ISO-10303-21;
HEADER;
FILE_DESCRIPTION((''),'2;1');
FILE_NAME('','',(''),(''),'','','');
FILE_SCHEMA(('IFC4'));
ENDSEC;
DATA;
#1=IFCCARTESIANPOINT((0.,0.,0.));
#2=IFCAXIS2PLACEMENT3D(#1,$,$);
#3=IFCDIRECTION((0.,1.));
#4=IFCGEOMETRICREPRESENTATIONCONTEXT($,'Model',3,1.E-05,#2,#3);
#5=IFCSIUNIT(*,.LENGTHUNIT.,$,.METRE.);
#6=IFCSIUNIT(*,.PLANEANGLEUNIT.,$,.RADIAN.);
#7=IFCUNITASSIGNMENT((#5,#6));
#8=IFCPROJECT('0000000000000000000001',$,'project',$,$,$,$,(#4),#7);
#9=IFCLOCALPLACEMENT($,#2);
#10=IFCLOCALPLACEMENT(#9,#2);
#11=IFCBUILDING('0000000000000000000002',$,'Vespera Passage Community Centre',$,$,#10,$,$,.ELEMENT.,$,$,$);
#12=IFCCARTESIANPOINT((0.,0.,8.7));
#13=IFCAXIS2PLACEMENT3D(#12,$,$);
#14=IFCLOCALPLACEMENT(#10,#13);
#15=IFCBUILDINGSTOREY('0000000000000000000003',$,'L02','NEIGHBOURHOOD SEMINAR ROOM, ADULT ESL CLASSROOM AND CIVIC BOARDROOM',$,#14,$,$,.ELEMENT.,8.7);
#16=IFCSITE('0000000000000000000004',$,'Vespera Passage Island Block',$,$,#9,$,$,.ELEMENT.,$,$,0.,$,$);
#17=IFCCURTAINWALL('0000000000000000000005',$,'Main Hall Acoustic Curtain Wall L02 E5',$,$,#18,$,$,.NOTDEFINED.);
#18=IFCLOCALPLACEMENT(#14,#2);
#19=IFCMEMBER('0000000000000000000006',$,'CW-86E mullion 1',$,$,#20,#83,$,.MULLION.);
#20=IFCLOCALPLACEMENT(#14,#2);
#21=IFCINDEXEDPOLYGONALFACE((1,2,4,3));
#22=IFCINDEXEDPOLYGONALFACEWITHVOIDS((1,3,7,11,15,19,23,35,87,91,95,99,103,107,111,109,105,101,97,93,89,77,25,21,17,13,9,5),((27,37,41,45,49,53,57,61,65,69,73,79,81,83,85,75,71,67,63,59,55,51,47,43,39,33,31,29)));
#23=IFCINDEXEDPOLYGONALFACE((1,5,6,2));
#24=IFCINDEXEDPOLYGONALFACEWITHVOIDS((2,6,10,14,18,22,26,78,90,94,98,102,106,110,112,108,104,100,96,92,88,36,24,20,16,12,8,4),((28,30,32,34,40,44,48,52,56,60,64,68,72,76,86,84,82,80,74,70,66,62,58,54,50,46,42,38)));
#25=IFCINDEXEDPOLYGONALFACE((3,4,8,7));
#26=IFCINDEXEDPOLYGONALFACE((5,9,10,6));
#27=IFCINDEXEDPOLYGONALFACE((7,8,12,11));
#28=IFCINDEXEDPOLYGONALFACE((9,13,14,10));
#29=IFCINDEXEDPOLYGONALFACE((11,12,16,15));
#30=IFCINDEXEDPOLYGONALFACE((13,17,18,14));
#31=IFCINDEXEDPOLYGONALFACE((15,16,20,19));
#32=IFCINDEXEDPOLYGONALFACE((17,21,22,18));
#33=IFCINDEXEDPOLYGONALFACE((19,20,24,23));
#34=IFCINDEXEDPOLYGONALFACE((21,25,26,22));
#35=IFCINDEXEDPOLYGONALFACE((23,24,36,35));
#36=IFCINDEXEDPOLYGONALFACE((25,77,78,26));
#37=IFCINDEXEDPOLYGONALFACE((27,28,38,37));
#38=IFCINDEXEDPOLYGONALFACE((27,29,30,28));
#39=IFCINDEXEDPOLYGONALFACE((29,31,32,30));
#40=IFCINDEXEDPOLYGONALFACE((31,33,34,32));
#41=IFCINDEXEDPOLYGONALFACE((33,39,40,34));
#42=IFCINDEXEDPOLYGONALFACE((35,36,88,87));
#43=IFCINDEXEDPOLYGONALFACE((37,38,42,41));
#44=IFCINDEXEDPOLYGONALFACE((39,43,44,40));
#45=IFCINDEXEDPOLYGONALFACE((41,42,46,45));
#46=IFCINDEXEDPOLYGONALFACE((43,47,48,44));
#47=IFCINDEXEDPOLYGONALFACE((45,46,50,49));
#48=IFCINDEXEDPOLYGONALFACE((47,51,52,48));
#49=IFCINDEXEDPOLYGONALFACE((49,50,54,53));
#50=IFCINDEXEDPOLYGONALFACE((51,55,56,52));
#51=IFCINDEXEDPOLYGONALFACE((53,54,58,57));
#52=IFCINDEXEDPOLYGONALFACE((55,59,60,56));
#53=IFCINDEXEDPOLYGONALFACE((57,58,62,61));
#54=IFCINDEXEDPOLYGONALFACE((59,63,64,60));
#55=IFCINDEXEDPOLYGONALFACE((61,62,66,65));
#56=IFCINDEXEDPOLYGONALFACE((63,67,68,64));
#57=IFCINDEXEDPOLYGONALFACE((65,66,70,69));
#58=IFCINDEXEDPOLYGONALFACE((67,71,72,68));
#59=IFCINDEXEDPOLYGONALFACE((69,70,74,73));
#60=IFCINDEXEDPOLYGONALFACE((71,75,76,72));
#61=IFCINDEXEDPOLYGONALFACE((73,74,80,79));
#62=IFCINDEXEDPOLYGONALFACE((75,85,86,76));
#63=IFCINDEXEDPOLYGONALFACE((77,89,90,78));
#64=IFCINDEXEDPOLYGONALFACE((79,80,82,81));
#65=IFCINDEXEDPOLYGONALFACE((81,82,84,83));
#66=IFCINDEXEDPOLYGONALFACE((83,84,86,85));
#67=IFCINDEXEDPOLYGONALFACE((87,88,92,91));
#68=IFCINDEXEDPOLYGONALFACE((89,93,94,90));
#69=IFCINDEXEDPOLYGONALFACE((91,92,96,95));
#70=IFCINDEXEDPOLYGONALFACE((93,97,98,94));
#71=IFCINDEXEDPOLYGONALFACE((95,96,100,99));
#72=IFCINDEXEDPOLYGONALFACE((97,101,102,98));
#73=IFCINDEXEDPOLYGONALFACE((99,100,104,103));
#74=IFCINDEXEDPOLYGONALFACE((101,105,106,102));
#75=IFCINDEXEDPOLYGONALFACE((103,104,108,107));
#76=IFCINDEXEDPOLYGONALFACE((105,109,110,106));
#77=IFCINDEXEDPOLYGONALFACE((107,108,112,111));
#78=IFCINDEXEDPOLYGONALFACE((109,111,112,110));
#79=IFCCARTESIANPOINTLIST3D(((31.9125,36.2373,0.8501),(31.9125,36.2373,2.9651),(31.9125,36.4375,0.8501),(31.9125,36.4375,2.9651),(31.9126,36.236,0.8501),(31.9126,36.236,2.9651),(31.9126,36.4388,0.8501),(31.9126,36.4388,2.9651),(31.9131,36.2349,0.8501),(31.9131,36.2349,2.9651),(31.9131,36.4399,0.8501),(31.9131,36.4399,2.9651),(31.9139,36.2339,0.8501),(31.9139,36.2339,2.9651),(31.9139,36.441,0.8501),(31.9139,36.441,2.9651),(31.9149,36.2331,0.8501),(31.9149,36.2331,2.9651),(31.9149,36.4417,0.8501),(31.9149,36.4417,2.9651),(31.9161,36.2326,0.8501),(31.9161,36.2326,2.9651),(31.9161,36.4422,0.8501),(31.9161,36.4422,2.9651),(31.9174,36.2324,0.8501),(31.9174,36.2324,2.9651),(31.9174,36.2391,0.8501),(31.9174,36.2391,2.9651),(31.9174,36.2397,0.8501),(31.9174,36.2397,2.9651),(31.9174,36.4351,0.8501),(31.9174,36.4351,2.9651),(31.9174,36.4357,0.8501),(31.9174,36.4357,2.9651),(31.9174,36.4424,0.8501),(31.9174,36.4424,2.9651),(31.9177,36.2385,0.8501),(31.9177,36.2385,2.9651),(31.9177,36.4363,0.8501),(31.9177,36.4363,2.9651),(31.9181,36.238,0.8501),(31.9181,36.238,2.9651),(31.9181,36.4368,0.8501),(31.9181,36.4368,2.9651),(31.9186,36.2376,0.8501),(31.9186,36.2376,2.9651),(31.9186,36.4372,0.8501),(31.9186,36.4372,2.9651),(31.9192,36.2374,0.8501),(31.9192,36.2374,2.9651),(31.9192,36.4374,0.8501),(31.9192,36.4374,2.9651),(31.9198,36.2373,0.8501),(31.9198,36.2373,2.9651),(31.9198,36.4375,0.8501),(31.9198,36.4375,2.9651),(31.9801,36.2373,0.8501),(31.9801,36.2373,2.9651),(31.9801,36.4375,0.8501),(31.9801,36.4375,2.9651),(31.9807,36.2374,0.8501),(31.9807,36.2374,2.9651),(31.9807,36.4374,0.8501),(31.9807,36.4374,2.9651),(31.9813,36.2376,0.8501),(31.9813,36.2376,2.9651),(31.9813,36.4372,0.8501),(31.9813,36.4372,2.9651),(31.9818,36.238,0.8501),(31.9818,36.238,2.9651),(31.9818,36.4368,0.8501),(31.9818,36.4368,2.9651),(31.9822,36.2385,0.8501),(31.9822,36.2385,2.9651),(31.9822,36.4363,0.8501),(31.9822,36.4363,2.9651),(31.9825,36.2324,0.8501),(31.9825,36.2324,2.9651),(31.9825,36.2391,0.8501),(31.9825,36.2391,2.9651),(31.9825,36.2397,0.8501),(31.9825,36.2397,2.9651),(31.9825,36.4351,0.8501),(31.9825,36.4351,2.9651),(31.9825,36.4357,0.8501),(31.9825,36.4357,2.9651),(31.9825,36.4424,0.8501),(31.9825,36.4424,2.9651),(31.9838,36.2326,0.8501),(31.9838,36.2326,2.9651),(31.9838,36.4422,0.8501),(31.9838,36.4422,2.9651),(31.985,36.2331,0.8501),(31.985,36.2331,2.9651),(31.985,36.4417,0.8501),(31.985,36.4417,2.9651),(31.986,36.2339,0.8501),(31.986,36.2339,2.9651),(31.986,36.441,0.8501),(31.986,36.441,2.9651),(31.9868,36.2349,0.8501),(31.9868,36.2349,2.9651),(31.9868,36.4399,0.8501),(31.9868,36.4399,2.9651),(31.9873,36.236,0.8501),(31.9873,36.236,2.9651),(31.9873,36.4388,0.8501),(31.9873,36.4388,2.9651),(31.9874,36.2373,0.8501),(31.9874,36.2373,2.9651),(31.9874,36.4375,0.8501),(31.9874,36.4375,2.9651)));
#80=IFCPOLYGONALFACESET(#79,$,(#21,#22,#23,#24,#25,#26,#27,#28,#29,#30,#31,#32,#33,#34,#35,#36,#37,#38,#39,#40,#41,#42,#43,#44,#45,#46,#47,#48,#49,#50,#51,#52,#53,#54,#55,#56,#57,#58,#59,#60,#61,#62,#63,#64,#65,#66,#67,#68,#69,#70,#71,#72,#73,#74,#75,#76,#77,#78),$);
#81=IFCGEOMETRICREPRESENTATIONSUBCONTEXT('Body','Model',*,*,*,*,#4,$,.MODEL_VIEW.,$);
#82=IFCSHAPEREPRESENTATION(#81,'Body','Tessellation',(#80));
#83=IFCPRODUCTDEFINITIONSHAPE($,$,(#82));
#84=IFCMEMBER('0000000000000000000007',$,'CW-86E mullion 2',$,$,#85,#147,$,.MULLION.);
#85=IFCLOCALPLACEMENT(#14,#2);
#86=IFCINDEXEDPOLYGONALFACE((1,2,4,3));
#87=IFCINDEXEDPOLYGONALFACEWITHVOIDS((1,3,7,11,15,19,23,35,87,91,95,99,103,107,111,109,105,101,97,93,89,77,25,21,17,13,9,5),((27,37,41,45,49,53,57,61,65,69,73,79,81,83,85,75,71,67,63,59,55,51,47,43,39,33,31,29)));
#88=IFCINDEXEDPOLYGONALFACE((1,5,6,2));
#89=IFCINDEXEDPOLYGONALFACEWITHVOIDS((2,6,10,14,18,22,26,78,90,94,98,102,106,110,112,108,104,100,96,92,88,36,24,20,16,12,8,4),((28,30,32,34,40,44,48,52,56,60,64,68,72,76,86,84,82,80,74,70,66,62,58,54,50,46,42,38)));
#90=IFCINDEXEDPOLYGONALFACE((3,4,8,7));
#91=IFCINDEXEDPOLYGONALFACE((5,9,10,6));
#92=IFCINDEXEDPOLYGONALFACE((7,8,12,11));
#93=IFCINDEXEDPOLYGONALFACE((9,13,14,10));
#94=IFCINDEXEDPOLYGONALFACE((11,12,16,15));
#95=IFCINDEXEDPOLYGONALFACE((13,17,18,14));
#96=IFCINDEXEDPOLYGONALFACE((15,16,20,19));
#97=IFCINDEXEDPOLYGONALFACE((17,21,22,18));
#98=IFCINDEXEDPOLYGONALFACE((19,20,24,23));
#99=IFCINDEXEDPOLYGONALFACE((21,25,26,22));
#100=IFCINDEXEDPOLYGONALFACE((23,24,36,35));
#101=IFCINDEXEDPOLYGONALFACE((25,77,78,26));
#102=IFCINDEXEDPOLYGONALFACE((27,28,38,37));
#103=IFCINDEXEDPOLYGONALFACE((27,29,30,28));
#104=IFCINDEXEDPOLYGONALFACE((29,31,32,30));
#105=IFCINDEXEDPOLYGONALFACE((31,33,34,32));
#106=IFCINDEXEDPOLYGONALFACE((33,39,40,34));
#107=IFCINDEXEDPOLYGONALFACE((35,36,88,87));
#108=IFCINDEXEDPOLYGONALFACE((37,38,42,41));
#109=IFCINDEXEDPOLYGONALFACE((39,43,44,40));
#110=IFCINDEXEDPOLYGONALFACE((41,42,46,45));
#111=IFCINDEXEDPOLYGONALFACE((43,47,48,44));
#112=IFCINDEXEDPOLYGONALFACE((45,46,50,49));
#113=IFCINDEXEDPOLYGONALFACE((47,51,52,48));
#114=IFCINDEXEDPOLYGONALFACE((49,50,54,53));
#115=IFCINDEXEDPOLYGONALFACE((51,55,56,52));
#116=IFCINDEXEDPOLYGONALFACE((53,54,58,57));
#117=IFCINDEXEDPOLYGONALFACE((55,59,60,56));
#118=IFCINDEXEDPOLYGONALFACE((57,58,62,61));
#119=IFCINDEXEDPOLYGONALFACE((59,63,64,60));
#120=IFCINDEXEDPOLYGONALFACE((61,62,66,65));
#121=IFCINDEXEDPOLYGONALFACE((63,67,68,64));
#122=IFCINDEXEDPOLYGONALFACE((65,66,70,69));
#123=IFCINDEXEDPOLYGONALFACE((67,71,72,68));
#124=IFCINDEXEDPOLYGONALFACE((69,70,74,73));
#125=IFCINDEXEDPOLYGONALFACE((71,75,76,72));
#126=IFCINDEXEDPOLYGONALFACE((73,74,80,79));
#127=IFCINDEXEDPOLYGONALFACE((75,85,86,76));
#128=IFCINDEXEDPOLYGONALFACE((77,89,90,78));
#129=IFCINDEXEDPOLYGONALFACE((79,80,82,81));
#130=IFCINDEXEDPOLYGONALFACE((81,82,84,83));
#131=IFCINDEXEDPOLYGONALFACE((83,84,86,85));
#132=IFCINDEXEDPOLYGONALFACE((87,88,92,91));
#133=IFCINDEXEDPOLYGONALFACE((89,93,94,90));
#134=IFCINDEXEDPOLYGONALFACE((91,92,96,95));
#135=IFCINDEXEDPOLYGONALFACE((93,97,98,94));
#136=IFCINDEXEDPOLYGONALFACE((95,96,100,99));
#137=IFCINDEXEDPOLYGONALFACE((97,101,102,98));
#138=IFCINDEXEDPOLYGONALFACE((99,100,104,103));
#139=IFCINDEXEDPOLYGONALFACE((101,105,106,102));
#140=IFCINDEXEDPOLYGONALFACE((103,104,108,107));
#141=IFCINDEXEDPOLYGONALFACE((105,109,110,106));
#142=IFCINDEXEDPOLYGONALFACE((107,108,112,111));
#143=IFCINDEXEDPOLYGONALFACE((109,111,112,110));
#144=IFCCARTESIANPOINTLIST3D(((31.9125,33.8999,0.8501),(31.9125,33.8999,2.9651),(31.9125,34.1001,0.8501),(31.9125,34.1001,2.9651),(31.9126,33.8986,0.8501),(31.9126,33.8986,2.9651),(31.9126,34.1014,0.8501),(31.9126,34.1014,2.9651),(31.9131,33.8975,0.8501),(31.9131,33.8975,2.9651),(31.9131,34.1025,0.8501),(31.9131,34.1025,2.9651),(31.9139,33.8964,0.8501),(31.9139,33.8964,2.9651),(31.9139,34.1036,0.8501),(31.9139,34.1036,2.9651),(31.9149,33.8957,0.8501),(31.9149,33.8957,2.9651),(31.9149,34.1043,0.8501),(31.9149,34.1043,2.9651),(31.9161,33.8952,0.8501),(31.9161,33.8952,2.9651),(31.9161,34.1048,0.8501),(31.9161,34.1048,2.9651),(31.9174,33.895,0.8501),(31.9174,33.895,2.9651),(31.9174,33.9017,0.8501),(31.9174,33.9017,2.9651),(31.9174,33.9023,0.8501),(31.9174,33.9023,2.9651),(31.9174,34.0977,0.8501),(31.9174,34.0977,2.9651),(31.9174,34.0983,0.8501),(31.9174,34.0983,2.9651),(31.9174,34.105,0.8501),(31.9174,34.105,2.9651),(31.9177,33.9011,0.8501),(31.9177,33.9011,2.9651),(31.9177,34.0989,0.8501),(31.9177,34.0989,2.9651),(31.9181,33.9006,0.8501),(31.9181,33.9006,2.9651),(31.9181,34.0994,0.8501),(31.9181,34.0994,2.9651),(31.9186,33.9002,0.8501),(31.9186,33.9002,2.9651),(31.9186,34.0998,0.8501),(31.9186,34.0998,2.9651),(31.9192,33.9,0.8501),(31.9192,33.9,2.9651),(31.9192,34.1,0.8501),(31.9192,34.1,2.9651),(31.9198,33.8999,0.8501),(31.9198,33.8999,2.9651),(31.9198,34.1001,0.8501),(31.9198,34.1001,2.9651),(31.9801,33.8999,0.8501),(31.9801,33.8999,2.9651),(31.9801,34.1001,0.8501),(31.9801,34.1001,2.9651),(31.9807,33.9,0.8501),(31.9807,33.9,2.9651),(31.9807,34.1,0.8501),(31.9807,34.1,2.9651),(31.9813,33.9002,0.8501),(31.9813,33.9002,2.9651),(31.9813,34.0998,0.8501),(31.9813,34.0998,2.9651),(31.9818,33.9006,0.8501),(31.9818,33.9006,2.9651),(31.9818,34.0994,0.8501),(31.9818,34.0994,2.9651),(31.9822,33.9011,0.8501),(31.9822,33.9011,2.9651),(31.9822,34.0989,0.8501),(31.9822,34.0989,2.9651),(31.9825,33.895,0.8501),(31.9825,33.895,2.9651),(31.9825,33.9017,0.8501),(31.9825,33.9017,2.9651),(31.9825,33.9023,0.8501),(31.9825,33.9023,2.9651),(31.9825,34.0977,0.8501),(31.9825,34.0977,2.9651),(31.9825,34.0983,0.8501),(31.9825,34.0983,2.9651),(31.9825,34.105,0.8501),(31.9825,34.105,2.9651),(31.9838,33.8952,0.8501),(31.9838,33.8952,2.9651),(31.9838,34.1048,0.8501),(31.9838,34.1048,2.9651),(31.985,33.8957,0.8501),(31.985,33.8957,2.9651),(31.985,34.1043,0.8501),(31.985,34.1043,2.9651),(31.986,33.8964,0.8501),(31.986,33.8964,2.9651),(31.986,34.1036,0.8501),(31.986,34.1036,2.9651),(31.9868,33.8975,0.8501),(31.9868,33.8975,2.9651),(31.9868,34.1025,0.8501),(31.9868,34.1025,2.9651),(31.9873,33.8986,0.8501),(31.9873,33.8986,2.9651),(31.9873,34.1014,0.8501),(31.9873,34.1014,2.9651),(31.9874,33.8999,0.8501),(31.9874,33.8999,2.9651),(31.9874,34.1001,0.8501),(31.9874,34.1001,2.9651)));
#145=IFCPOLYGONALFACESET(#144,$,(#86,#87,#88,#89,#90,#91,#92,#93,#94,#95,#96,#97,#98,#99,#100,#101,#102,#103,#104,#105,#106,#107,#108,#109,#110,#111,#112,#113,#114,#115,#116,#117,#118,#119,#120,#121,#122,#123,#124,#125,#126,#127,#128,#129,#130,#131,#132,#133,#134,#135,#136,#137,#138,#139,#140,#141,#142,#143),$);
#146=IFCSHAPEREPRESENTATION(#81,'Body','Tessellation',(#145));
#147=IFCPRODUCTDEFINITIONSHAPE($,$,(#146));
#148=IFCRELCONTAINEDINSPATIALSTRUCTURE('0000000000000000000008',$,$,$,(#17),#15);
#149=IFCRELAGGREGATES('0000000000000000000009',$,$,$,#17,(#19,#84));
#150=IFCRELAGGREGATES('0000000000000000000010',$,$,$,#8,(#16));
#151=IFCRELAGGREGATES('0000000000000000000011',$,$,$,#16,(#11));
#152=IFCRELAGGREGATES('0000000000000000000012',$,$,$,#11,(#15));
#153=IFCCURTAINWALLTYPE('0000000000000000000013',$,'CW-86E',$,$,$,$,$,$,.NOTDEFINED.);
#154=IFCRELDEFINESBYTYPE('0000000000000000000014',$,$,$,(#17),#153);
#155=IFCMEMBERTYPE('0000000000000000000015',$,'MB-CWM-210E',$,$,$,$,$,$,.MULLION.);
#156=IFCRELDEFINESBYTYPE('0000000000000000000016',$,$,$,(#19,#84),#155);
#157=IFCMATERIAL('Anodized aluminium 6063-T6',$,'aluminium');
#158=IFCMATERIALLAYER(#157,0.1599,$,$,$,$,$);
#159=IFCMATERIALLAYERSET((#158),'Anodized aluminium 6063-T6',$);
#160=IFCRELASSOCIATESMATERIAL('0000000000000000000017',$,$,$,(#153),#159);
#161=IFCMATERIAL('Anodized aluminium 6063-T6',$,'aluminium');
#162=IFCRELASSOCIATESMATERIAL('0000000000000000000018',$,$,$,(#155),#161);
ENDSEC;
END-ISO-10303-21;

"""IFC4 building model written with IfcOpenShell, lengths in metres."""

from ifc_helpers import new_model, si_unit, direction, frame, origin, origin_2d, place, context, subcontext, project, spatial, hollow_rectangle, extrude, material, layer, layer_set, material_profile, profile_set, type_object, element, aggregate, save


model = new_model("IFC4")

# Units and contexts
model_context = context("Model", 3, precision=1e-05, world=origin(), true_north=direction((0.0, 1.0)))
body_context = subcontext(model_context, "Body", "Model", "MODEL_VIEW")
ifc_project = project(units=[si_unit("LENGTHUNIT", "METRE"), si_unit("PLANEANGLEUNIT", "RADIAN")], contexts=[model_context])

# Site, building, storey
site_placement = place(None, origin())
site = spatial("IfcSite", under=ifc_project, at=site_placement, Name="Vespera Passage Island Block", CompositionType="ELEMENT", RefElevation=0.0)
building_placement = place(site_placement, origin())
building = spatial("IfcBuilding", under=site, at=building_placement, Name="Vespera Passage Community Centre", CompositionType="ELEMENT")
storey_placement = place(building_placement, frame((0.0, 0.0, 8.7)))
storey = spatial("IfcBuildingStorey", under=building, at=storey_placement, Name="L02", Description="NEIGHBOURHOOD SEMINAR ROOM, ADULT ESL CLASSROOM AND CIVIC BOARDROOM", CompositionType="ELEMENT", Elevation=8.7)

# Curtain wall, members
ifc_material_1 = material(Name="Anodized aluminium 6063-T6", Category="aluminium")
ifc_layer_1 = layer(ifc_material_1, 0.1599)
ifc_layer_set_1 = layer_set([ifc_layer_1], Name="Anodized aluminium 6063-T6")
curtain_wall_type_1 = type_object("IfcCurtainWallType", Name="CW-86E", PredefinedType="NOTDEFINED", material=ifc_layer_set_1)
curtain_wall_1_placement = place(storey_placement, origin())
curtain_wall_1 = element("IfcCurtainWall", 1, at=curtain_wall_1_placement, inside=storey, type_object=curtain_wall_type_1, Name="Main Hall Acoustic Curtain Wall L02 E5", PredefinedType="NOTDEFINED")
ifc_material_2 = material(Name="Anodized aluminium 6063-T6", Category="aluminium")
ifc_material_profile_1 = material_profile(ifc_material_2, hollow_rectangle(XDim=0.075, YDim=0.21, WallThickness=0.0049, InnerFilletRadius=0.0024, OuterFilletRadius=0.0049, at=origin_2d()), Name="ALU210X75X5")
ifc_profile_set_1 = profile_set([ifc_material_profile_1], Name="Anodized aluminium 6063-T6")
member_type_1 = type_object("IfcMemberType", Name="MB-CWM-210E", PredefinedType="MULLION", material=ifc_profile_set_1)
member_1_placement = place(storey_placement, frame((31.95, 36.3374, 0.8501), z_axis=(0.0, 0.0, 1.0), x_axis=(1.0, 0.0, 0.0)))
member_1 = element("IfcMember", 2, at=member_1_placement, type_object=member_type_1, Name="CW-86E mullion 1", PredefinedType="MULLION", context=body_context, shape_type="SweptSolid", body=[
    extrude(hollow_rectangle(XDim=0.075, YDim=0.21, WallThickness=0.0049, InnerFilletRadius=0.0024, OuterFilletRadius=0.0049, at=origin_2d()), origin(), (0.0, 0.0, 1.0), 2.115),
])
member_2_placement = place(storey_placement, frame((31.95, 34.0, 0.8501), z_axis=(0.0, 0.0, 1.0), x_axis=(1.0, 0.0, 0.0)))
member_2 = element("IfcMember", 3, at=member_2_placement, type_object=member_type_1, Name="CW-86E mullion 2", PredefinedType="MULLION", context=body_context, shape_type="SweptSolid", body=[
    extrude(hollow_rectangle(XDim=0.075, YDim=0.21, WallThickness=0.0049, InnerFilletRadius=0.0024, OuterFilletRadius=0.0049, at=origin_2d()), origin(), (0.0, 0.0, 1.0), 2.115),
])

aggregate(curtain_wall_1, [member_1, member_2])

save(model, "model.ifc")
